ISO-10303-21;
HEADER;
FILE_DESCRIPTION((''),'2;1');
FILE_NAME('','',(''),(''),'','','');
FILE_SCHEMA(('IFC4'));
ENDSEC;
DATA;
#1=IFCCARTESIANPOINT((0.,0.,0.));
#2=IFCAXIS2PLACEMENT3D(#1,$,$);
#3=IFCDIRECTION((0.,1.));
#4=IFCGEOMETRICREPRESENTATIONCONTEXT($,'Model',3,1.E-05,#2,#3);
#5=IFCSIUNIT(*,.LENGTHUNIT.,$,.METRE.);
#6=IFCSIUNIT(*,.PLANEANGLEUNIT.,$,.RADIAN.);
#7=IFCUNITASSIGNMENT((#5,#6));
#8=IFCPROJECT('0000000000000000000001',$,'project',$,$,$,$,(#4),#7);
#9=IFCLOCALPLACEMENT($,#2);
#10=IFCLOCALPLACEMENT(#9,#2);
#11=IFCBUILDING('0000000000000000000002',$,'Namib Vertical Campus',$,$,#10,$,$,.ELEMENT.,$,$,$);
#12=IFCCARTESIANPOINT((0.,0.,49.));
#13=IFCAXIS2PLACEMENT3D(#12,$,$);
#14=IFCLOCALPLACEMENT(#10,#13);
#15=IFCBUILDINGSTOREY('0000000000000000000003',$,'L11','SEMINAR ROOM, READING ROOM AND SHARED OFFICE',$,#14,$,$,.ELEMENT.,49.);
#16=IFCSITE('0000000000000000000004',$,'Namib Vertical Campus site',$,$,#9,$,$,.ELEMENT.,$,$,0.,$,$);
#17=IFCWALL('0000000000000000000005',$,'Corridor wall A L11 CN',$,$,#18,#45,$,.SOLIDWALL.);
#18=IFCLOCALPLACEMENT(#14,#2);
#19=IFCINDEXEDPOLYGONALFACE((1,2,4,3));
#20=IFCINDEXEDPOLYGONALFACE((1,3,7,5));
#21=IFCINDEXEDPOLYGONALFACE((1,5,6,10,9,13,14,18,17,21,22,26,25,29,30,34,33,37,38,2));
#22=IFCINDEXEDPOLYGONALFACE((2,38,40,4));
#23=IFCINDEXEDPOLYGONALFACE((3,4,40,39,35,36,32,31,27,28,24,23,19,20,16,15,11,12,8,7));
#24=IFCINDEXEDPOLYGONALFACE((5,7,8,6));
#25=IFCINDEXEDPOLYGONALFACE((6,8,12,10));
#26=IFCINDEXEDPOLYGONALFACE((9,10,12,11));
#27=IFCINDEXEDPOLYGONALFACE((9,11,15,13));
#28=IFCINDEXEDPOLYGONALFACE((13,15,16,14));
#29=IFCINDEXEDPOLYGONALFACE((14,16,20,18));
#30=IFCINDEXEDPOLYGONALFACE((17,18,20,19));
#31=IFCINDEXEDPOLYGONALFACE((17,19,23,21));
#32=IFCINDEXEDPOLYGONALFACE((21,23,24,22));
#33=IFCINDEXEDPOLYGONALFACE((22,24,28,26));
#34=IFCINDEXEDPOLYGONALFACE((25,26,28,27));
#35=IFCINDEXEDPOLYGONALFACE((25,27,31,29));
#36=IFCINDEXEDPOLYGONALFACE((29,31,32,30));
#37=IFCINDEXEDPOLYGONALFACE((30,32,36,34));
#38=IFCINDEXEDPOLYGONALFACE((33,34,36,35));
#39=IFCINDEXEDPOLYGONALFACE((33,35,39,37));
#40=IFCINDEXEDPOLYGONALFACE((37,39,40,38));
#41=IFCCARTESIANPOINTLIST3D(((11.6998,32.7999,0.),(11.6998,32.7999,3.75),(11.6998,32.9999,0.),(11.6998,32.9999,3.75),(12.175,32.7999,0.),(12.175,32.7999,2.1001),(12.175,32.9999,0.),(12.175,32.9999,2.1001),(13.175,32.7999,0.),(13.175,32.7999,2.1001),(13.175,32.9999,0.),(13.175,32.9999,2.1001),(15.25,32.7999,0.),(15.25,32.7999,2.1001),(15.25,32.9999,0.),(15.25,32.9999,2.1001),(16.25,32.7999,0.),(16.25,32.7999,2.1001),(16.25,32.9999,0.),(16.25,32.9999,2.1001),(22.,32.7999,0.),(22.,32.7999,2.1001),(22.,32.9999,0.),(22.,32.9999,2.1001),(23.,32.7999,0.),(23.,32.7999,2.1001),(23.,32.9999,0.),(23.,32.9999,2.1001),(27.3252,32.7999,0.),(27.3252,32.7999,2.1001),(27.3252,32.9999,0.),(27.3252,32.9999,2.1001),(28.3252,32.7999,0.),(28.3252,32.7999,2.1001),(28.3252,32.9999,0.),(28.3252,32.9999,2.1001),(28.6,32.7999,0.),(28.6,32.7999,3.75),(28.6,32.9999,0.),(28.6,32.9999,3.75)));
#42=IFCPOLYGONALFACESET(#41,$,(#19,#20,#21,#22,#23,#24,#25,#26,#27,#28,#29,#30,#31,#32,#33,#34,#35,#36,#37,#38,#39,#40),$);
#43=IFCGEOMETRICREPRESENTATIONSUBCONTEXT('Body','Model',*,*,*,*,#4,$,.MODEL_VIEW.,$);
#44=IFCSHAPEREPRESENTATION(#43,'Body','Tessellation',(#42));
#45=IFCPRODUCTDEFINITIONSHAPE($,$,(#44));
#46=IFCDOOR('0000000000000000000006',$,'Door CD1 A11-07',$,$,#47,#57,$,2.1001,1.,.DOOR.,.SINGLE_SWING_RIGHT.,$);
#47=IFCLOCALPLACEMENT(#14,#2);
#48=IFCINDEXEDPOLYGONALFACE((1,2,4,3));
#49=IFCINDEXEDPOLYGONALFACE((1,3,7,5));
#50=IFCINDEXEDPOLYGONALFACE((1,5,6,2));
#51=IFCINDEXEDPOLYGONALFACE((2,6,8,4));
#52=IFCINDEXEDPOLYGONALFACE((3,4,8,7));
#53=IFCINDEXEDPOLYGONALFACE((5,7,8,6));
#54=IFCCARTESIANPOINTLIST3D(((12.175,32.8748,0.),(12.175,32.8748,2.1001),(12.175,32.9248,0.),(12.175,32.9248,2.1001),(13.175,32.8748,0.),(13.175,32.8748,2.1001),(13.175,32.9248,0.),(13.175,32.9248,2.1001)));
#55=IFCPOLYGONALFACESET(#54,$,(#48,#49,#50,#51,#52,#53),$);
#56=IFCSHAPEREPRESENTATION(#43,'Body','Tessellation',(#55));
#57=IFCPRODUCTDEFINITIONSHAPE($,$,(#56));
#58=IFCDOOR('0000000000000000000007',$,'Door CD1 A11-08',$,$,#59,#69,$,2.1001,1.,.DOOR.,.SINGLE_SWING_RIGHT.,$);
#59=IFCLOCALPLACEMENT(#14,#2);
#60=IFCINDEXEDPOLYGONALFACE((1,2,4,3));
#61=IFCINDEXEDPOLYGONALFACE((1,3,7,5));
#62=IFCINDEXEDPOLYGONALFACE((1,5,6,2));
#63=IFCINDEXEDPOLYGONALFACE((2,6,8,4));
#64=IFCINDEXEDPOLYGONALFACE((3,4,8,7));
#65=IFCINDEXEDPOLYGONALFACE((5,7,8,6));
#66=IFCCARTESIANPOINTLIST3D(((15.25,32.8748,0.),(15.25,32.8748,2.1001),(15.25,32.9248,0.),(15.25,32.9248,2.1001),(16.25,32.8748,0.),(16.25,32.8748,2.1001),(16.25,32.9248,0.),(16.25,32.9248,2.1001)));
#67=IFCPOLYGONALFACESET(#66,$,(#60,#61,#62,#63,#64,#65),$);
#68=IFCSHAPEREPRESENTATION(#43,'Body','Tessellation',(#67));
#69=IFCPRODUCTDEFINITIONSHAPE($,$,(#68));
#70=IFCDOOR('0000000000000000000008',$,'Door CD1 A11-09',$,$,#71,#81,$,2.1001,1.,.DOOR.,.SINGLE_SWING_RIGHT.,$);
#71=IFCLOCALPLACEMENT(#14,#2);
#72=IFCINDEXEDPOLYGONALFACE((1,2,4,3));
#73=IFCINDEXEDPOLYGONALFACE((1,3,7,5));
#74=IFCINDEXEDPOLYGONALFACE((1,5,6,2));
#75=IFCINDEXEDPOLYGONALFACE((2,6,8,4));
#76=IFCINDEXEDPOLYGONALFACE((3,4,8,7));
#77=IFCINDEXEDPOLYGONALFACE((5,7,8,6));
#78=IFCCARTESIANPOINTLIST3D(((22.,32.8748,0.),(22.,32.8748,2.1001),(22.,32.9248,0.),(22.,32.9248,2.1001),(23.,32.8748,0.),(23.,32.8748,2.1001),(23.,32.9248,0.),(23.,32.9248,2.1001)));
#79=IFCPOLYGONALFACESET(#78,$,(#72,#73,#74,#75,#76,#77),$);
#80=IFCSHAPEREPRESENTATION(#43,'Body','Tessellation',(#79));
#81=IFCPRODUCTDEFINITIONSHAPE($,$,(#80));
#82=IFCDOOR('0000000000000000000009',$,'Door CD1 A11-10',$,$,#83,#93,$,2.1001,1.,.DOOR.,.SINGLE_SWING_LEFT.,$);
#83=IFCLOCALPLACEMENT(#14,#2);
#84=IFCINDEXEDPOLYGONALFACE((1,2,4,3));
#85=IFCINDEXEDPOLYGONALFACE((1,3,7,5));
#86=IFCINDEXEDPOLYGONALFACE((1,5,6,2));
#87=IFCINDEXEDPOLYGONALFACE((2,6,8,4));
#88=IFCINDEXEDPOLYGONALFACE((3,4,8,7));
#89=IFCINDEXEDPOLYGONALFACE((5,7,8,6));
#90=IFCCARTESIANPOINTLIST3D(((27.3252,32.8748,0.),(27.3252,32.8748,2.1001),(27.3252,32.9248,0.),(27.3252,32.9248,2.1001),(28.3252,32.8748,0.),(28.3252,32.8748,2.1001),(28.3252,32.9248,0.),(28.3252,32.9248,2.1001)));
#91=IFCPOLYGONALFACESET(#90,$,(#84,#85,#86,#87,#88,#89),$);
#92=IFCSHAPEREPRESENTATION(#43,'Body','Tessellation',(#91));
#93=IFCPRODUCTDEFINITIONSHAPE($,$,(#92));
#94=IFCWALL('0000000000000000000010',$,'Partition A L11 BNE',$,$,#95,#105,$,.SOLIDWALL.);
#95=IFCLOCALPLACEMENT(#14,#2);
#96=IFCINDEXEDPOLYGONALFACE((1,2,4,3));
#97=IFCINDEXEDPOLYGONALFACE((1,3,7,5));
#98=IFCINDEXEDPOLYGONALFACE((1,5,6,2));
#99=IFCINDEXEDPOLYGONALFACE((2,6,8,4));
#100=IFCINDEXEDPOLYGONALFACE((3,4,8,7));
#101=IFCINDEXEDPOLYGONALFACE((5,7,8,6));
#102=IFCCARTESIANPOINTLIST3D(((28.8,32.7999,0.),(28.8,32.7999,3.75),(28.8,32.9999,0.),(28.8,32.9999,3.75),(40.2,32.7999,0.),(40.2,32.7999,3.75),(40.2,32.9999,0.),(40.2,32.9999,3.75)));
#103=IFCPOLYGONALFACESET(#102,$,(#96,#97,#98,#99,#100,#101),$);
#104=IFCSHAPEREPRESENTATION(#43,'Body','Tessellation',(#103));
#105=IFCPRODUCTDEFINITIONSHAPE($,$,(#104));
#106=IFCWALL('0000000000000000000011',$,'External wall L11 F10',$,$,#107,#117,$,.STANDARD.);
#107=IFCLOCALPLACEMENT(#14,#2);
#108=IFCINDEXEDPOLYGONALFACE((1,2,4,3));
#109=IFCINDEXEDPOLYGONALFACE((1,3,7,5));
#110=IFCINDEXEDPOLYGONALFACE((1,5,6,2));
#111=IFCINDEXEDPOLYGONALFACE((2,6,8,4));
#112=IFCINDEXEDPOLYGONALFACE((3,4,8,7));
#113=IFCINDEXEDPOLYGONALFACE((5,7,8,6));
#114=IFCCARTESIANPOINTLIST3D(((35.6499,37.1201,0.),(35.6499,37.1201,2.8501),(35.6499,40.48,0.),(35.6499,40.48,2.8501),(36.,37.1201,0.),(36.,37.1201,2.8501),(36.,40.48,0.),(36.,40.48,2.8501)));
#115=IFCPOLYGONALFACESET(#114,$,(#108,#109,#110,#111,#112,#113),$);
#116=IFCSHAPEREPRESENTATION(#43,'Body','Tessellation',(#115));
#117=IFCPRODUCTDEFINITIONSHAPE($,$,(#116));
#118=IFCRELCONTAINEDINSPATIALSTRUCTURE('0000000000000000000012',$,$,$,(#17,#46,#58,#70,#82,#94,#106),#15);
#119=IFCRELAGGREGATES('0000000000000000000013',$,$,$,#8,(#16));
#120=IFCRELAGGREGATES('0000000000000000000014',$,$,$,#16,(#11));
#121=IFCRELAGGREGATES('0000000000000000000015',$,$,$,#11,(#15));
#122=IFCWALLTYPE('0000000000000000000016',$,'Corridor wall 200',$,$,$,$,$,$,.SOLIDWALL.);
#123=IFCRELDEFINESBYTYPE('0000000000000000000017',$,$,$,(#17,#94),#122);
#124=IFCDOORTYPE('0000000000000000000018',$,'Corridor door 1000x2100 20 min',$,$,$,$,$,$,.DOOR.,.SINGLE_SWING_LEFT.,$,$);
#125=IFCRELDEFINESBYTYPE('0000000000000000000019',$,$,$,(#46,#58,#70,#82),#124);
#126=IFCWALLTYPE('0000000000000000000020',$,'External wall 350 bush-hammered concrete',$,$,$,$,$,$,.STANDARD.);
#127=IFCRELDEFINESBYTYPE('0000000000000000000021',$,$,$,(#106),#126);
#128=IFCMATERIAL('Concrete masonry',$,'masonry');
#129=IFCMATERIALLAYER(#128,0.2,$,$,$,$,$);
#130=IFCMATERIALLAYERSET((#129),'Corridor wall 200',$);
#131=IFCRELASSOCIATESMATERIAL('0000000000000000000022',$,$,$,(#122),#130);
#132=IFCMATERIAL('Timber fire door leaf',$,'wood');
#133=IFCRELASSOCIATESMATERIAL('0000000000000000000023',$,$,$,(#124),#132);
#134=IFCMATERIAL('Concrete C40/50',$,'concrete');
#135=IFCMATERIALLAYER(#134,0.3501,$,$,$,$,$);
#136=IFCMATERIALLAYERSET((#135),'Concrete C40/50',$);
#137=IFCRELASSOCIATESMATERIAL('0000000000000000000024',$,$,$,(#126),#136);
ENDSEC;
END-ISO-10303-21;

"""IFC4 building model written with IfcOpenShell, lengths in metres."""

from ifc_helpers import new_model, si_unit, direction, frame, frame_2d, origin, place, context, subcontext, project, spatial, rectangle, extrude, material, layer, layer_set, type_object, element, fill, save


model = new_model("IFC4")

# Units and contexts
model_context = context("Model", 3, precision=1e-05, world=origin(), true_north=direction((0.0, 1.0)))
body_context = subcontext(model_context, "Body", "Model", "MODEL_VIEW")
ifc_project = project(units=[si_unit("LENGTHUNIT", "METRE"), si_unit("PLANEANGLEUNIT", "RADIAN")], contexts=[model_context])

# Site, building, storey
site_placement = place(None, origin())
site = spatial("IfcSite", under=ifc_project, at=site_placement, Name="Namib Vertical Campus site", CompositionType="ELEMENT", RefElevation=0.0)
building_placement = place(site_placement, origin())
building = spatial("IfcBuilding", under=site, at=building_placement, Name="Namib Vertical Campus", CompositionType="ELEMENT")
storey_placement = place(building_placement, frame((0.0, 0.0, 49.0)))
storey = spatial("IfcBuildingStorey", under=building, at=storey_placement, Name="L11", Description="SEMINAR ROOM, READING ROOM AND SHARED OFFICE", CompositionType="ELEMENT", Elevation=49.0)

# Wall, openings, doors
ifc_material_1 = material(Name="Concrete masonry", Category="masonry")
ifc_layer_1 = layer(ifc_material_1, 0.2)
ifc_layer_set_1 = layer_set([ifc_layer_1], Name="Corridor wall 200")
wall_type_1 = type_object("IfcWallType", Name="Corridor wall 200", PredefinedType="SOLIDWALL", material=ifc_layer_set_1)
wall_1_placement = place(storey_placement, frame((28.6001, 32.8999, 0.0), z_axis=(0.0, 0.0, 1.0), x_axis=(-1.0, 0.0, 0.0)))
wall_1 = element("IfcWall", 1, at=wall_1_placement, inside=storey, type_object=wall_type_1, Name="Corridor wall A L11 CN", PredefinedType="SOLIDWALL", context=body_context, shape_type="SweptSolid", body=[
    extrude(rectangle(XDim=16.9001, YDim=0.2, at=frame_2d((8.4502, 0.0))), origin(), (0.0, 0.0, 1.0), 3.75),
])
opening_1_placement = place(wall_1_placement, frame((15.425, 0.0, 0.0)))
opening_1 = element("IfcOpeningElement", 2, at=opening_1_placement, cuts=wall_1, PredefinedType="OPENING", context=body_context, shape_type="SweptSolid", body=[
    extrude(rectangle(XDim=1.0, YDim=2.1001, at=frame_2d((0.5, 1.05))), frame((0.0, 0.1099, 0.0), z_axis=(0.0, -1.0, 0.0), x_axis=(1.0, 0.0, 0.0)), (0.0, 0.0, 1.0), 0.22),
])
opening_2_placement = place(wall_1_placement, frame((12.3501, 0.0, 0.0)))
opening_2 = element("IfcOpeningElement", 3, at=opening_2_placement, cuts=wall_1, PredefinedType="OPENING", context=body_context, shape_type="SweptSolid", body=[
    extrude(rectangle(XDim=1.0, YDim=2.1001, at=frame_2d((0.5, 1.05))), frame((0.0, 0.1099, 0.0), z_axis=(0.0, -1.0, 0.0), x_axis=(1.0, 0.0, 0.0)), (0.0, 0.0, 1.0), 0.22),
])
opening_3_placement = place(wall_1_placement, frame((5.6001, 0.0, 0.0)))
opening_3 = element("IfcOpeningElement", 4, at=opening_3_placement, cuts=wall_1, PredefinedType="OPENING", context=body_context, shape_type="SweptSolid", body=[
    extrude(rectangle(XDim=1.0, YDim=2.1001, at=frame_2d((0.5, 1.05))), frame((0.0, 0.1099, 0.0), z_axis=(0.0, -1.0, 0.0), x_axis=(1.0, 0.0, 0.0)), (0.0, 0.0, 1.0), 0.22),
])
opening_4_placement = place(wall_1_placement, frame((0.2749, 0.0, 0.0)))
opening_4 = element("IfcOpeningElement", 5, at=opening_4_placement, cuts=wall_1, PredefinedType="OPENING", context=body_context, shape_type="SweptSolid", body=[
    extrude(rectangle(XDim=1.0, YDim=2.1001, at=frame_2d((0.5, 1.05))), frame((0.0, 0.1099, 0.0), z_axis=(0.0, -1.0, 0.0), x_axis=(1.0, 0.0, 0.0)), (0.0, 0.0, 1.0), 0.22),
])
ifc_material_2 = material(Name="Timber fire door leaf", Category="wood")
door_type = type_object("IfcDoorType", Name="Corridor door 1000x2100 20 min", OperationType="SINGLE_SWING_LEFT", PredefinedType="DOOR", material=ifc_material_2)
door_1_placement = place(opening_1_placement, frame((1.0, 0.0, 0.0), z_axis=(0.0, 0.0, 1.0), x_axis=(-1.0, 0.0, 0.0)))
door_1 = element("IfcDoor", 6, at=door_1_placement, inside=storey, type_object=door_type, Name="Door CD1 A11-07", OperationType="SINGLE_SWING_RIGHT", OverallHeight=2.1001, OverallWidth=1.0, PredefinedType="DOOR", context=body_context, shape_type="SweptSolid", body=[
    extrude(rectangle(XDim=1.0, YDim=2.1001, at=frame_2d((0.5, 1.05))), frame((0.0, 0.0249, 0.0), z_axis=(0.0, -1.0, 0.0), x_axis=(1.0, 0.0, 0.0)), (0.0, 0.0, 1.0), 0.05),
])
fill(opening_1, door_1)
door_2_placement = place(opening_2_placement, frame((1.0, 0.0, 0.0), z_axis=(0.0, 0.0, 1.0), x_axis=(-1.0, 0.0, 0.0)))
door_2 = element("IfcDoor", 7, at=door_2_placement, inside=storey, type_object=door_type, Name="Door CD1 A11-08", OperationType="SINGLE_SWING_RIGHT", OverallHeight=2.1001, OverallWidth=1.0, PredefinedType="DOOR", context=body_context, shape_type="SweptSolid", body=[
    extrude(rectangle(XDim=1.0, YDim=2.1001, at=frame_2d((0.5, 1.05))), frame((0.0, 0.0249, 0.0), z_axis=(0.0, -1.0, 0.0), x_axis=(1.0, 0.0, 0.0)), (0.0, 0.0, 1.0), 0.05),
])
fill(opening_2, door_2)
door_3_placement = place(opening_3_placement, frame((1.0, 0.0, 0.0), z_axis=(0.0, 0.0, 1.0), x_axis=(-1.0, 0.0, 0.0)))
door_3 = element("IfcDoor", 8, at=door_3_placement, inside=storey, type_object=door_type, Name="Door CD1 A11-09", OperationType="SINGLE_SWING_RIGHT", OverallHeight=2.1001, OverallWidth=1.0, PredefinedType="DOOR", context=body_context, shape_type="SweptSolid", body=[
    extrude(rectangle(XDim=1.0, YDim=2.1001, at=frame_2d((0.5, 1.05))), frame((0.0, 0.0249, 0.0), z_axis=(0.0, -1.0, 0.0), x_axis=(1.0, 0.0, 0.0)), (0.0, 0.0, 1.0), 0.05),
])
fill(opening_3, door_3)
door_4_placement = place(opening_4_placement, frame((1.0, 0.0, 0.0), z_axis=(0.0, 0.0, 1.0), x_axis=(-1.0, 0.0, 0.0)))
door_4 = element("IfcDoor", 9, at=door_4_placement, inside=storey, type_object=door_type, Name="Door CD1 A11-10", OperationType="SINGLE_SWING_LEFT", OverallHeight=2.1001, OverallWidth=1.0, PredefinedType="DOOR", context=body_context, shape_type="SweptSolid", body=[
    extrude(rectangle(XDim=1.0, YDim=2.1001, at=frame_2d((0.5, 1.05))), frame((0.0, 0.0249, 0.0), z_axis=(0.0, -1.0, 0.0), x_axis=(1.0, 0.0, 0.0)), (0.0, 0.0, 1.0), 0.05),
])
fill(opening_4, door_4)

# Walls
wall_2_placement = place(storey_placement, frame((28.8, 32.8999, 0.0), z_axis=(0.0, 0.0, 1.0), x_axis=(1.0, 0.0, 0.0)))
element("IfcWall", 10, at=wall_2_placement, inside=storey, type_object=wall_type_1, Name="Partition A L11 BNE", PredefinedType="SOLIDWALL", context=body_context, shape_type="SweptSolid", body=[
    extrude(rectangle(XDim=11.3999, YDim=0.2, at=frame_2d((5.7, 0.0))), origin(), (0.0, 0.0, 1.0), 3.75),
])
ifc_material_3 = material(Name="Concrete C40/50", Category="concrete")
ifc_layer_2 = layer(ifc_material_3, 0.3501)
ifc_layer_set_2 = layer_set([ifc_layer_2], Name="Concrete C40/50")
wall_type_2 = type_object("IfcWallType", Name="External wall 350 bush-hammered concrete", PredefinedType="STANDARD", material=ifc_layer_set_2)
wall_3_placement = place(storey_placement, frame((35.825, 37.1201, 0.0), z_axis=(0.0, 0.0, 1.0), x_axis=(0.0, 1.0, 0.0)))
element("IfcWall", 11, at=wall_3_placement, inside=storey, type_object=wall_type_2, Name="External wall L11 F10", PredefinedType="STANDARD", context=body_context, shape_type="SweptSolid", body=[
    extrude(rectangle(XDim=3.3599, YDim=0.3501, at=frame_2d((1.6799, 0.0))), origin(), (0.0, 0.0, 1.0), 2.8501),
])

save(model, "model.ifc")
